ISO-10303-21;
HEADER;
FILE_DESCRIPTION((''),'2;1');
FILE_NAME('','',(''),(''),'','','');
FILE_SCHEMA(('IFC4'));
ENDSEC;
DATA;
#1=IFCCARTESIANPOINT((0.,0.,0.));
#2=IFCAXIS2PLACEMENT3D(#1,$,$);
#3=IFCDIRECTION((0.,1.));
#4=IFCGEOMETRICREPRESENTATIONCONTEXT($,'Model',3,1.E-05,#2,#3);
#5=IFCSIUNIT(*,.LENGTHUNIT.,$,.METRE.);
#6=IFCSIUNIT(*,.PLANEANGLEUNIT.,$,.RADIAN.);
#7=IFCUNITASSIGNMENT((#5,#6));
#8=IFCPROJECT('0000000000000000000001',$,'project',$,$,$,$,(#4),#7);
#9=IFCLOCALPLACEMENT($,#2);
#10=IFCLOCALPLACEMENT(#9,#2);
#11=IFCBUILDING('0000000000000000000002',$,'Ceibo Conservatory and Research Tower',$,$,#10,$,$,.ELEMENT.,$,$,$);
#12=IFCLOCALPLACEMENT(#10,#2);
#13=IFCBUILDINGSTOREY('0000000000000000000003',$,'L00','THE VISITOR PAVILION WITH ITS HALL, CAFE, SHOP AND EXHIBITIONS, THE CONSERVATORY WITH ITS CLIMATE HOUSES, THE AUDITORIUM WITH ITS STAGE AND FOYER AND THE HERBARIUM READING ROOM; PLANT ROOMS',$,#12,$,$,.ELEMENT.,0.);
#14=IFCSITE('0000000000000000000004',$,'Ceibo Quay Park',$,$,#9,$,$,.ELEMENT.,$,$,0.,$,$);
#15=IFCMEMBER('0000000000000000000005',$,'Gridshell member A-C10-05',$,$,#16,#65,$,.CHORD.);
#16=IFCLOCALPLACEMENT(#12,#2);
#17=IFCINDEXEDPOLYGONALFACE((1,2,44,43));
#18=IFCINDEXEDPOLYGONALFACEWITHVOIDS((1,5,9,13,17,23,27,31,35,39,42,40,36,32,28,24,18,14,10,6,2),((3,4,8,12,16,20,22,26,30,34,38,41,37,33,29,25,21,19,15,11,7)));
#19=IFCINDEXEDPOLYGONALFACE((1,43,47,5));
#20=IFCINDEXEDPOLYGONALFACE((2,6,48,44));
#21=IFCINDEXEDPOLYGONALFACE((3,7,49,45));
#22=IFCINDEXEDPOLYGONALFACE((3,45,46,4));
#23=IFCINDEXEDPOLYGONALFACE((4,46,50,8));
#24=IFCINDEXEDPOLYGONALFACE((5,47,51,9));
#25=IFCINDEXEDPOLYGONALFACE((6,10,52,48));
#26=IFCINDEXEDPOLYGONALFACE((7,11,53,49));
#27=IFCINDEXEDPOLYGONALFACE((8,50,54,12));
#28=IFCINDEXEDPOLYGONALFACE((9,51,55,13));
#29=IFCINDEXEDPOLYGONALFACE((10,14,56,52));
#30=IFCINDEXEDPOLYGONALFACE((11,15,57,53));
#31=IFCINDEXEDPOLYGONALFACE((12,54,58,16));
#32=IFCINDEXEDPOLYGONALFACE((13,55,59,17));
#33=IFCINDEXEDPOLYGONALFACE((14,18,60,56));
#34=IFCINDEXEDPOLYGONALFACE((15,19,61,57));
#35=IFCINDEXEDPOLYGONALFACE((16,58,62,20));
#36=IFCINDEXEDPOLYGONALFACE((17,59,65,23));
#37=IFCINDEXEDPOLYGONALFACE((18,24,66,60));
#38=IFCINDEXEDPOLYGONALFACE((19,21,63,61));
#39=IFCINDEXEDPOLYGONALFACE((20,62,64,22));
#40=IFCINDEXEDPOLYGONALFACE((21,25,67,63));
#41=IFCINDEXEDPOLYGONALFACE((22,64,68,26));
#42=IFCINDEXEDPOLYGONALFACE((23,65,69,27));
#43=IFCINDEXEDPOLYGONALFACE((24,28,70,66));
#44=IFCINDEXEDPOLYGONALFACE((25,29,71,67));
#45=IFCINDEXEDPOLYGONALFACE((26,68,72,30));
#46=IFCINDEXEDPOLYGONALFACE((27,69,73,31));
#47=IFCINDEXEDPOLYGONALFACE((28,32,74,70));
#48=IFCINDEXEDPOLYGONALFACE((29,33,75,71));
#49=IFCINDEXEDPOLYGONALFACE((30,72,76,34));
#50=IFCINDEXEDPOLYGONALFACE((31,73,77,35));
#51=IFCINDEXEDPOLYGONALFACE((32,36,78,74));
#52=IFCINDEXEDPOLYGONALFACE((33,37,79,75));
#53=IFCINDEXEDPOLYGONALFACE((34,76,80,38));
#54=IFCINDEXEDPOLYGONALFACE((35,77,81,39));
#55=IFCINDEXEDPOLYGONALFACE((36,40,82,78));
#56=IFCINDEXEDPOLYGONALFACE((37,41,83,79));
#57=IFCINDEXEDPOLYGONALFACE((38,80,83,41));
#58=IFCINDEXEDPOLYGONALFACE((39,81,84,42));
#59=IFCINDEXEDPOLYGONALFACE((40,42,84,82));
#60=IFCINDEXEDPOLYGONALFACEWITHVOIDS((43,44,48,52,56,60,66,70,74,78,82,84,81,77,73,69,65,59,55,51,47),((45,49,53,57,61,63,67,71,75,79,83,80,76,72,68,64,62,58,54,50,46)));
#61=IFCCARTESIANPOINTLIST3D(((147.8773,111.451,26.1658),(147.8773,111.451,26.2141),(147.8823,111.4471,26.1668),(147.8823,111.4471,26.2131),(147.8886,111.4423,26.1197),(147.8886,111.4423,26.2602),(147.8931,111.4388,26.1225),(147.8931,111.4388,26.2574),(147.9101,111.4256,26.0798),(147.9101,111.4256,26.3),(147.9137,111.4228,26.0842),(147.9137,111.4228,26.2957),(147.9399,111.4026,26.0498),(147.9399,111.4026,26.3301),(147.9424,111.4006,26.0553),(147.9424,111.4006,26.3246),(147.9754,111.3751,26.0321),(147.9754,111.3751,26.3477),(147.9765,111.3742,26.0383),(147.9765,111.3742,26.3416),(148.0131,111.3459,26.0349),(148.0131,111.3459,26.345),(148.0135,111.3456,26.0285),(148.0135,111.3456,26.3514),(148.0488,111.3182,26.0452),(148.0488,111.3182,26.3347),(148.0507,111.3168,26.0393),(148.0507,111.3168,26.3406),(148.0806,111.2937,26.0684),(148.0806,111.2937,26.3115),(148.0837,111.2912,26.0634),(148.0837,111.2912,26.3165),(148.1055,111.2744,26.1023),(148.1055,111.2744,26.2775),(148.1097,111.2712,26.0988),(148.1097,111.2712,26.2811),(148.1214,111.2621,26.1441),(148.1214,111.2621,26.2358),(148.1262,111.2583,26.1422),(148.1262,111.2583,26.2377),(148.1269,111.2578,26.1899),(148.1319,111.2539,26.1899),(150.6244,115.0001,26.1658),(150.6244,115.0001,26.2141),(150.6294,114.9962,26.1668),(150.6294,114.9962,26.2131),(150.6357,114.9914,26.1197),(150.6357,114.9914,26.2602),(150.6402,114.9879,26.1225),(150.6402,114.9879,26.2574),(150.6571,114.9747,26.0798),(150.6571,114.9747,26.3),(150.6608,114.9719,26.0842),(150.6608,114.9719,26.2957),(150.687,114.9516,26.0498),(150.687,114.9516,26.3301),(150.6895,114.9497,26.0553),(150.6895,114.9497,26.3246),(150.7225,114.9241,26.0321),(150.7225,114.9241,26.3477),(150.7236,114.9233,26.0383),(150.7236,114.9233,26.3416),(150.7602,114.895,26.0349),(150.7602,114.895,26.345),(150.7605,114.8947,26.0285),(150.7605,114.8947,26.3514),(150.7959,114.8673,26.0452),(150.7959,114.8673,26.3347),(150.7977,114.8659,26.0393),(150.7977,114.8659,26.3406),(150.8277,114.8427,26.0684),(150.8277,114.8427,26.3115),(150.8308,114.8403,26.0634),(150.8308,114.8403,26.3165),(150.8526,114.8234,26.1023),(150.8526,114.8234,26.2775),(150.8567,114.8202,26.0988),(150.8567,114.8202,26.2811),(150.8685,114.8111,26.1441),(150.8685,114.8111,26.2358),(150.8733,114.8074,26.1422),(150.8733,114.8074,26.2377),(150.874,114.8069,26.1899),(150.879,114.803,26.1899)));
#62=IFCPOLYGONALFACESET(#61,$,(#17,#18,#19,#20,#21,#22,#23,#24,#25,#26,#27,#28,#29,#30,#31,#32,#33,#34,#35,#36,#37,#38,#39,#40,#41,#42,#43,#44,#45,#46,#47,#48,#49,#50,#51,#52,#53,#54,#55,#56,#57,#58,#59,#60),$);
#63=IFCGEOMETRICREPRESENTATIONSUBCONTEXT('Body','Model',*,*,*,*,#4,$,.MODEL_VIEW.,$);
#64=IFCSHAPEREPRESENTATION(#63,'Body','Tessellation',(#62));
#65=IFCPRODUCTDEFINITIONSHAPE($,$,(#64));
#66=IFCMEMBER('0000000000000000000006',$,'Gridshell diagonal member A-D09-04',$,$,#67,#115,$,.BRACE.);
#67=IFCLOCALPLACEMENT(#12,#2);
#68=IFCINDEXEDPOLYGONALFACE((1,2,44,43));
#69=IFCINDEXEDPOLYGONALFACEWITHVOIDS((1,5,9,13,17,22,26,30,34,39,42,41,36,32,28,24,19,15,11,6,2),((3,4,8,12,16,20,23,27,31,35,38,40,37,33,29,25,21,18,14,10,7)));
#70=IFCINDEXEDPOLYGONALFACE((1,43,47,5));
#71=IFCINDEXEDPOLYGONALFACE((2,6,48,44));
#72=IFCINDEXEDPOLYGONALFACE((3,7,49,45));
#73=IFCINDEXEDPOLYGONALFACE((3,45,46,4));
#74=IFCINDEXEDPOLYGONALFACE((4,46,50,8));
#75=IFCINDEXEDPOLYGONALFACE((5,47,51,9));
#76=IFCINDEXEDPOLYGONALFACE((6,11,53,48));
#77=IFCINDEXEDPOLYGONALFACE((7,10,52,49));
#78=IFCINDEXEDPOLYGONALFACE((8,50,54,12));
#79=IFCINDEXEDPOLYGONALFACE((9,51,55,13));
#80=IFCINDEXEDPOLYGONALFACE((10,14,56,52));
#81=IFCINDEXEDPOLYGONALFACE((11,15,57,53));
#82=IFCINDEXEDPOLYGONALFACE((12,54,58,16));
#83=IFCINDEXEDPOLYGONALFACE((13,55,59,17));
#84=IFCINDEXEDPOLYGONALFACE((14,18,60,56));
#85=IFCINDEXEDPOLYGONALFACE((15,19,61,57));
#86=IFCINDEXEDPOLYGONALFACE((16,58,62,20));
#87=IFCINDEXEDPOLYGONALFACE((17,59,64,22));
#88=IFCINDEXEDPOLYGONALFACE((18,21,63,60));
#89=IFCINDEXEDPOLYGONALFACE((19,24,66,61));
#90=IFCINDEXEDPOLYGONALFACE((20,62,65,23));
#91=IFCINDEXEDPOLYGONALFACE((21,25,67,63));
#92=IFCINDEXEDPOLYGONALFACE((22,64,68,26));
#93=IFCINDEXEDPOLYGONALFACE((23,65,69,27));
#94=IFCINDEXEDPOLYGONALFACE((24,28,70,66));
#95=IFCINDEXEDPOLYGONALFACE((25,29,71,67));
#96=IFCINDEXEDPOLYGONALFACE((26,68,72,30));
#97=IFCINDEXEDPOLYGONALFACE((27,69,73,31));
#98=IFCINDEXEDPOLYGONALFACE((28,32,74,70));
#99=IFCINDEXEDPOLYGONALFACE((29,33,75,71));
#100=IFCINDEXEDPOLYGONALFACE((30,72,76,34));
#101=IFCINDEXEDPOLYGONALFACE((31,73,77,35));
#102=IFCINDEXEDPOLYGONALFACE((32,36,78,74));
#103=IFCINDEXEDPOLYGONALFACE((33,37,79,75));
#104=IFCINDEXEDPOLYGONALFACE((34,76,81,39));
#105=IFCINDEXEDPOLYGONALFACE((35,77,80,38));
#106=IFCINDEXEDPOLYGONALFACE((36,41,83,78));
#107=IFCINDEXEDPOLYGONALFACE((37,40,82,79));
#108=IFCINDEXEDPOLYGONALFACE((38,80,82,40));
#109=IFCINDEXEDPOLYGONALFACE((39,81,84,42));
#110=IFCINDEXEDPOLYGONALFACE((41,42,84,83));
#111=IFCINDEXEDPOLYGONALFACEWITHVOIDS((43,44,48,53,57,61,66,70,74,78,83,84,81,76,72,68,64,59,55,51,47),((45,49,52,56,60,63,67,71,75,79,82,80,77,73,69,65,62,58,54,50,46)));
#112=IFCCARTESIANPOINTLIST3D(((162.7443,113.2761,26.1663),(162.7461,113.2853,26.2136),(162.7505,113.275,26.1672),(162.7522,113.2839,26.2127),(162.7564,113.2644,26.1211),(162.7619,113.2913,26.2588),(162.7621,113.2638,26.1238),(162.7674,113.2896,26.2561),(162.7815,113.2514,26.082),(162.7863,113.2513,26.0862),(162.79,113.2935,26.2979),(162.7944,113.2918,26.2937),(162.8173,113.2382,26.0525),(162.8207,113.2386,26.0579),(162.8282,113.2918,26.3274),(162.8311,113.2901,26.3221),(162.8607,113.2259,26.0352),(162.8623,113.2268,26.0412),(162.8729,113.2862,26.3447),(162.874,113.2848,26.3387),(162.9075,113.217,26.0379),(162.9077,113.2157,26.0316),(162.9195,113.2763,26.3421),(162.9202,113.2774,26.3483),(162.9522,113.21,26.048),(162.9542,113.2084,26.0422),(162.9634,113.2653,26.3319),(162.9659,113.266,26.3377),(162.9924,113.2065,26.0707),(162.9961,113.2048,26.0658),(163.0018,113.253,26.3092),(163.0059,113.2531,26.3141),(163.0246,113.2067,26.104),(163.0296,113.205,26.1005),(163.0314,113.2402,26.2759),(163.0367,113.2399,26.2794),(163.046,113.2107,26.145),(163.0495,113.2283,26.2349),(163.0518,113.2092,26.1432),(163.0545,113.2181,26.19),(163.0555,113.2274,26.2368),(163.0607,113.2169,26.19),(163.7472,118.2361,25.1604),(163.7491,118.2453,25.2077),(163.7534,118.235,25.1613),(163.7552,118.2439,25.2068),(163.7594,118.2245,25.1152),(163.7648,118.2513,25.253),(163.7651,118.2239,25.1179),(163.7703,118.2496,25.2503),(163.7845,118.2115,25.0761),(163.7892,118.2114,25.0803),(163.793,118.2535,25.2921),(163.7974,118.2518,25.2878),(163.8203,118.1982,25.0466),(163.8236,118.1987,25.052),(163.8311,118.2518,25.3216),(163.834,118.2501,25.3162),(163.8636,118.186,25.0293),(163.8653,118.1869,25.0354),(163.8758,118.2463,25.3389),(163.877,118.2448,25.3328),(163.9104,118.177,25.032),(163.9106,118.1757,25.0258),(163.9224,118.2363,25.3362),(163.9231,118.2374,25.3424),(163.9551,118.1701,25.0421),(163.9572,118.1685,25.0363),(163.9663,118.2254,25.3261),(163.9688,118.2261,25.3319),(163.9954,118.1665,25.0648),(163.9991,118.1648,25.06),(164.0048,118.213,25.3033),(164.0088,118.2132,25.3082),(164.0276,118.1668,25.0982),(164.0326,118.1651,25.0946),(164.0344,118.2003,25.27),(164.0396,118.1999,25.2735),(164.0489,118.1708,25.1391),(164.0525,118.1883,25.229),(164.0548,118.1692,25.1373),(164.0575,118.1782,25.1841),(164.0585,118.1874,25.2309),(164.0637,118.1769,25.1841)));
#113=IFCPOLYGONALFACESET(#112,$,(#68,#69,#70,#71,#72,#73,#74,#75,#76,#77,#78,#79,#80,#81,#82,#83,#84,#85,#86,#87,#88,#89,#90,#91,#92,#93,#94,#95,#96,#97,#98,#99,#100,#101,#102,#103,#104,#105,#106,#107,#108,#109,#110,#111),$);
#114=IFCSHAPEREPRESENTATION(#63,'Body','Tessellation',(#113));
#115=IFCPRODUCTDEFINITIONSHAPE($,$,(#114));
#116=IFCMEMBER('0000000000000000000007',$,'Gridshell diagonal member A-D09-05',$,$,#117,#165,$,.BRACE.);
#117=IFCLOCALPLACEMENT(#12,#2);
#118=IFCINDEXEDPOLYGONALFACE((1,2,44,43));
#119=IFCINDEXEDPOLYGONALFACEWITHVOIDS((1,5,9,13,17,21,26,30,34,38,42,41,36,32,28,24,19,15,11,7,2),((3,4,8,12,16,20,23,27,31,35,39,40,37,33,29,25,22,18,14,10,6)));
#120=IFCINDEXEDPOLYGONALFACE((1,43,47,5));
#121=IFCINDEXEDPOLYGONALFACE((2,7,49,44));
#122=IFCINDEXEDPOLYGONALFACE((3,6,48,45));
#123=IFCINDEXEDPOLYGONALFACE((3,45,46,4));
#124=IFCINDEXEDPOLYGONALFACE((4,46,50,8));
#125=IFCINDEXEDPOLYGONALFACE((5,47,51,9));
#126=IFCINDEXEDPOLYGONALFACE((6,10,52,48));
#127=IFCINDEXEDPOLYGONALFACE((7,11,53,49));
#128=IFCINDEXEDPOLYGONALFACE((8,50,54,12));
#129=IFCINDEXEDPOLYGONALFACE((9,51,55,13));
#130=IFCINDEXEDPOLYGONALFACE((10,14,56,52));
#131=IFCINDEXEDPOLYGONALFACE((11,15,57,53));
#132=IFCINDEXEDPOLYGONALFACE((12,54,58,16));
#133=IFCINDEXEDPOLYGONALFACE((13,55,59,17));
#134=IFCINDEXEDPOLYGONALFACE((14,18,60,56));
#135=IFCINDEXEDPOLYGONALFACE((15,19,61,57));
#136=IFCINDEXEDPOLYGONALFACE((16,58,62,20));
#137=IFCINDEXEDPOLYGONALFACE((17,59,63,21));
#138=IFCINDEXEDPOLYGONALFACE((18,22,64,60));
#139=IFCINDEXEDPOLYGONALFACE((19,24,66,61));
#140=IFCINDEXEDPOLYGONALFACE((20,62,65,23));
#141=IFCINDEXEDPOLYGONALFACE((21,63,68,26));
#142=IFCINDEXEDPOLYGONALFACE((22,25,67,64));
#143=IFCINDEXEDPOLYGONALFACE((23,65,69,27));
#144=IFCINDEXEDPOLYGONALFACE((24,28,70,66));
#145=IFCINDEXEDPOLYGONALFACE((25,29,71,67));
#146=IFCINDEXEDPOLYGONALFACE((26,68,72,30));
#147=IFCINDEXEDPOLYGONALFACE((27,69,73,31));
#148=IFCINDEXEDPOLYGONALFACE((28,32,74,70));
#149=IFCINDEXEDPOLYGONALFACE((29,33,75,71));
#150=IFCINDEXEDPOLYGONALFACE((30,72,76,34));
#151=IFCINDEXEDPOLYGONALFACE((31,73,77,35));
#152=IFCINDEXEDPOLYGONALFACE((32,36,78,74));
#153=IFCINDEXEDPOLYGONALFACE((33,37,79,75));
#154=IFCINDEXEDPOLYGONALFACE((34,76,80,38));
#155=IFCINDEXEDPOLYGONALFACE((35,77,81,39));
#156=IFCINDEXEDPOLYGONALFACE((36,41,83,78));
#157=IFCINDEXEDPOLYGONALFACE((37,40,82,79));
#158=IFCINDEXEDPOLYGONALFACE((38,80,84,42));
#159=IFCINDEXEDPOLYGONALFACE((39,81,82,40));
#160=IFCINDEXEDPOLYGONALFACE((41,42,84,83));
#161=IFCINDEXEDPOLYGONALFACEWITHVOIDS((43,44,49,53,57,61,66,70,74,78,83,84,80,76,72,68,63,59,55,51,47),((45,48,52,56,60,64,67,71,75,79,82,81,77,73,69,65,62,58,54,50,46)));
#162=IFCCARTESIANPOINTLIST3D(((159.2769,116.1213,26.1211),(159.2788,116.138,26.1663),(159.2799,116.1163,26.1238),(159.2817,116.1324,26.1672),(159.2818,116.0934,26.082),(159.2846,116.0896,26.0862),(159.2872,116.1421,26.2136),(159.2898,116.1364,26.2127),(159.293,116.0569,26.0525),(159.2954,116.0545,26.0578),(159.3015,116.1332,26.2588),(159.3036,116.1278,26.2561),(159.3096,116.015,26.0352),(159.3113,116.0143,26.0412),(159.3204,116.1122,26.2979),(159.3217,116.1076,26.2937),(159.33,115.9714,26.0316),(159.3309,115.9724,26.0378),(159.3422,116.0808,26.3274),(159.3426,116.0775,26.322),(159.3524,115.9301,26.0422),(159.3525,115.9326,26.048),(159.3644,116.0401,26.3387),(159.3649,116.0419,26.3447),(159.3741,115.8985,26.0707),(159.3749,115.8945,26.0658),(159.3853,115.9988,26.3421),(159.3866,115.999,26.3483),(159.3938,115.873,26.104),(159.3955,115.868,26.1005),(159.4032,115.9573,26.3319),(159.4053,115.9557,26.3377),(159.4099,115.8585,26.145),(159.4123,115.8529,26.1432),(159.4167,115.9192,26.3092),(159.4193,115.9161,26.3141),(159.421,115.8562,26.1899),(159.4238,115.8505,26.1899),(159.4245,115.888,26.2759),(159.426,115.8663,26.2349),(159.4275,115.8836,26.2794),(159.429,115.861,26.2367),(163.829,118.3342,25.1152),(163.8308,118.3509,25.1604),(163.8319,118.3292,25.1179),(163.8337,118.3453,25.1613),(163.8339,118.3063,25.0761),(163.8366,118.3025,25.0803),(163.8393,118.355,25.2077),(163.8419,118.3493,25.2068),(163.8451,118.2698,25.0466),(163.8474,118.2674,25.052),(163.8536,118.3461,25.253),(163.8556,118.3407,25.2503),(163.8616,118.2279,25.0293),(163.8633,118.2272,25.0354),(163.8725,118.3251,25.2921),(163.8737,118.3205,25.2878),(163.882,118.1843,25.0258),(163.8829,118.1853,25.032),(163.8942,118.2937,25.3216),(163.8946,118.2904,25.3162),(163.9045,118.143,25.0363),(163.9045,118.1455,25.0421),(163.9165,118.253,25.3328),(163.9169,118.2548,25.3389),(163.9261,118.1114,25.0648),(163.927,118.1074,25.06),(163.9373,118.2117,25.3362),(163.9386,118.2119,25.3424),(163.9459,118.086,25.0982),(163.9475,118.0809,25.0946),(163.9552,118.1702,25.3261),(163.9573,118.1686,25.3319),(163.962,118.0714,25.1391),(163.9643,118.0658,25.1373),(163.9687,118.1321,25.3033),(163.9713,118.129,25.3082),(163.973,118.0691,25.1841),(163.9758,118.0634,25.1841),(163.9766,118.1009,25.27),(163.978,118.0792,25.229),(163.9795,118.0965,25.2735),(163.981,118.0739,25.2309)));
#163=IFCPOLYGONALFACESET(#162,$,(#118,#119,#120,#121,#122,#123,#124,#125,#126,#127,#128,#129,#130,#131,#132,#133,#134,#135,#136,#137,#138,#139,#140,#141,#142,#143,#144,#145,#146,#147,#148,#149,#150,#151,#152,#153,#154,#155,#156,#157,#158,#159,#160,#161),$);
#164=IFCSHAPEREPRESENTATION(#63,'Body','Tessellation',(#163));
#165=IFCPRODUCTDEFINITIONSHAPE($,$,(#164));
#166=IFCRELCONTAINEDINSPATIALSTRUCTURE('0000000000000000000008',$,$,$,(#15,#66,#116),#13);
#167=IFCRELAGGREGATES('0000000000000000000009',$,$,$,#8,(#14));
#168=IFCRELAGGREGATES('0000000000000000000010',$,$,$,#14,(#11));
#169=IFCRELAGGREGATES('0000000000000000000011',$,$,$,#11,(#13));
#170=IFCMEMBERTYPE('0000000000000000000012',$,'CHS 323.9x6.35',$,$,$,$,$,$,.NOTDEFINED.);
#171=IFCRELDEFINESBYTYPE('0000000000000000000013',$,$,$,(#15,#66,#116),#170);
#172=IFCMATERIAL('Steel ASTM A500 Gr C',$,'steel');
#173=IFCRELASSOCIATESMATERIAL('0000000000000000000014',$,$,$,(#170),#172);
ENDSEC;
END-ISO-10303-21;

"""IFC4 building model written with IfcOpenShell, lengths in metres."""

from ifc_helpers import new_model, si_unit, direction, frame, origin, origin_2d, place, context, subcontext, project, spatial, hollow_circle, extrude, material, material_profile, profile_set, type_object, element, save


model = new_model("IFC4")

# Units and contexts
model_context = context("Model", 3, precision=1e-05, world=origin(), true_north=direction((0.0, 1.0)))
body_context = subcontext(model_context, "Body", "Model", "MODEL_VIEW")
ifc_project = project(units=[si_unit("LENGTHUNIT", "METRE"), si_unit("PLANEANGLEUNIT", "RADIAN")], contexts=[model_context])

# Site, building, storey
site_placement = place(None, origin())
site = spatial("IfcSite", under=ifc_project, at=site_placement, Name="Ceibo Quay Park", CompositionType="ELEMENT", RefElevation=0.0)
building_placement = place(site_placement, origin())
building = spatial("IfcBuilding", under=site, at=building_placement, Name="Ceibo Conservatory and Research Tower", CompositionType="ELEMENT")
storey_placement = place(building_placement, origin())
storey = spatial("IfcBuildingStorey", under=building, at=storey_placement, Name="L00", Description="THE VISITOR PAVILION WITH ITS HALL, CAFE, SHOP AND EXHIBITIONS, THE CONSERVATORY WITH ITS CLIMATE HOUSES, THE AUDITORIUM WITH ITS STAGE AND FOYER AND THE HERBARIUM READING ROOM; PLANT ROOMS", CompositionType="ELEMENT", Elevation=0.0)

# Members
ifc_material_1 = material(Name="Steel ASTM A500 Gr C", Category="steel")
ifc_material_profile_1 = material_profile(ifc_material_1, hollow_circle(Radius=0.1619, WallThickness=0.0063, at=origin_2d()), Name="CHS 323.9x6.35")
ifc_profile_set_1 = profile_set([ifc_material_profile_1], Name="Steel ASTM A500 Gr C")
member_type_1 = type_object("IfcMemberType", Name="CHS 323.9x6.35", PredefinedType="NOTDEFINED", material=ifc_profile_set_1)
member_1_placement = place(storey_placement, frame((150.751, 114.9021, 26.1899), z_axis=(-0.61209, -0.790788, 0.0), x_axis=(0.790788, -0.61209, 0.0)))
element("IfcMember", 1, at=member_1_placement, inside=storey, type_object=member_type_1, Name="Gridshell member A-C10-05", PredefinedType="CHORD", context=body_context, shape_type="SweptSolid", body=[
    extrude(hollow_circle(Radius=0.1619, WallThickness=0.0063, at=origin_2d()), origin(), (0.0, 0.0, 1.0), 4.488),
])
member_2_placement = place(storey_placement, frame((163.905, 118.209, 25.1841), z_axis=(-0.194391, -0.961355, 0.194959), x_axis=(0.980163, -0.198194, 0.0)))
element("IfcMember", 2, at=member_2_placement, inside=storey, type_object=member_type_1, Name="Gridshell diagonal member A-D09-04", PredefinedType="BRACE", context=body_context, shape_type="SweptSolid", body=[
    extrude(hollow_circle(Radius=0.1619, WallThickness=0.0063, at=origin_2d()), origin(), (0.0, 0.0, 1.0), 5.1594),
])
for number, where, z_axis, x_axis, name in (
    (3, (163.905, 118.209, 25.1841), (-0.882109, -0.428824, 0.19492), (0.437211, -0.899359, 0.0), "Gridshell diagonal member A-D09-05"),
):
    element("IfcMember", number, at=place(storey_placement, frame(where, z_axis=z_axis, x_axis=x_axis)), inside=storey, type_object=member_type_1, Name=name, PredefinedType="BRACE", context=body_context, shape_type="SweptSolid", body=[
        extrude(hollow_circle(Radius=0.1619, WallThickness=0.0063, at=origin_2d()), origin(), (0.0, 0.0, 1.0), 5.1604),
    ])

save(model, "model.ifc")
